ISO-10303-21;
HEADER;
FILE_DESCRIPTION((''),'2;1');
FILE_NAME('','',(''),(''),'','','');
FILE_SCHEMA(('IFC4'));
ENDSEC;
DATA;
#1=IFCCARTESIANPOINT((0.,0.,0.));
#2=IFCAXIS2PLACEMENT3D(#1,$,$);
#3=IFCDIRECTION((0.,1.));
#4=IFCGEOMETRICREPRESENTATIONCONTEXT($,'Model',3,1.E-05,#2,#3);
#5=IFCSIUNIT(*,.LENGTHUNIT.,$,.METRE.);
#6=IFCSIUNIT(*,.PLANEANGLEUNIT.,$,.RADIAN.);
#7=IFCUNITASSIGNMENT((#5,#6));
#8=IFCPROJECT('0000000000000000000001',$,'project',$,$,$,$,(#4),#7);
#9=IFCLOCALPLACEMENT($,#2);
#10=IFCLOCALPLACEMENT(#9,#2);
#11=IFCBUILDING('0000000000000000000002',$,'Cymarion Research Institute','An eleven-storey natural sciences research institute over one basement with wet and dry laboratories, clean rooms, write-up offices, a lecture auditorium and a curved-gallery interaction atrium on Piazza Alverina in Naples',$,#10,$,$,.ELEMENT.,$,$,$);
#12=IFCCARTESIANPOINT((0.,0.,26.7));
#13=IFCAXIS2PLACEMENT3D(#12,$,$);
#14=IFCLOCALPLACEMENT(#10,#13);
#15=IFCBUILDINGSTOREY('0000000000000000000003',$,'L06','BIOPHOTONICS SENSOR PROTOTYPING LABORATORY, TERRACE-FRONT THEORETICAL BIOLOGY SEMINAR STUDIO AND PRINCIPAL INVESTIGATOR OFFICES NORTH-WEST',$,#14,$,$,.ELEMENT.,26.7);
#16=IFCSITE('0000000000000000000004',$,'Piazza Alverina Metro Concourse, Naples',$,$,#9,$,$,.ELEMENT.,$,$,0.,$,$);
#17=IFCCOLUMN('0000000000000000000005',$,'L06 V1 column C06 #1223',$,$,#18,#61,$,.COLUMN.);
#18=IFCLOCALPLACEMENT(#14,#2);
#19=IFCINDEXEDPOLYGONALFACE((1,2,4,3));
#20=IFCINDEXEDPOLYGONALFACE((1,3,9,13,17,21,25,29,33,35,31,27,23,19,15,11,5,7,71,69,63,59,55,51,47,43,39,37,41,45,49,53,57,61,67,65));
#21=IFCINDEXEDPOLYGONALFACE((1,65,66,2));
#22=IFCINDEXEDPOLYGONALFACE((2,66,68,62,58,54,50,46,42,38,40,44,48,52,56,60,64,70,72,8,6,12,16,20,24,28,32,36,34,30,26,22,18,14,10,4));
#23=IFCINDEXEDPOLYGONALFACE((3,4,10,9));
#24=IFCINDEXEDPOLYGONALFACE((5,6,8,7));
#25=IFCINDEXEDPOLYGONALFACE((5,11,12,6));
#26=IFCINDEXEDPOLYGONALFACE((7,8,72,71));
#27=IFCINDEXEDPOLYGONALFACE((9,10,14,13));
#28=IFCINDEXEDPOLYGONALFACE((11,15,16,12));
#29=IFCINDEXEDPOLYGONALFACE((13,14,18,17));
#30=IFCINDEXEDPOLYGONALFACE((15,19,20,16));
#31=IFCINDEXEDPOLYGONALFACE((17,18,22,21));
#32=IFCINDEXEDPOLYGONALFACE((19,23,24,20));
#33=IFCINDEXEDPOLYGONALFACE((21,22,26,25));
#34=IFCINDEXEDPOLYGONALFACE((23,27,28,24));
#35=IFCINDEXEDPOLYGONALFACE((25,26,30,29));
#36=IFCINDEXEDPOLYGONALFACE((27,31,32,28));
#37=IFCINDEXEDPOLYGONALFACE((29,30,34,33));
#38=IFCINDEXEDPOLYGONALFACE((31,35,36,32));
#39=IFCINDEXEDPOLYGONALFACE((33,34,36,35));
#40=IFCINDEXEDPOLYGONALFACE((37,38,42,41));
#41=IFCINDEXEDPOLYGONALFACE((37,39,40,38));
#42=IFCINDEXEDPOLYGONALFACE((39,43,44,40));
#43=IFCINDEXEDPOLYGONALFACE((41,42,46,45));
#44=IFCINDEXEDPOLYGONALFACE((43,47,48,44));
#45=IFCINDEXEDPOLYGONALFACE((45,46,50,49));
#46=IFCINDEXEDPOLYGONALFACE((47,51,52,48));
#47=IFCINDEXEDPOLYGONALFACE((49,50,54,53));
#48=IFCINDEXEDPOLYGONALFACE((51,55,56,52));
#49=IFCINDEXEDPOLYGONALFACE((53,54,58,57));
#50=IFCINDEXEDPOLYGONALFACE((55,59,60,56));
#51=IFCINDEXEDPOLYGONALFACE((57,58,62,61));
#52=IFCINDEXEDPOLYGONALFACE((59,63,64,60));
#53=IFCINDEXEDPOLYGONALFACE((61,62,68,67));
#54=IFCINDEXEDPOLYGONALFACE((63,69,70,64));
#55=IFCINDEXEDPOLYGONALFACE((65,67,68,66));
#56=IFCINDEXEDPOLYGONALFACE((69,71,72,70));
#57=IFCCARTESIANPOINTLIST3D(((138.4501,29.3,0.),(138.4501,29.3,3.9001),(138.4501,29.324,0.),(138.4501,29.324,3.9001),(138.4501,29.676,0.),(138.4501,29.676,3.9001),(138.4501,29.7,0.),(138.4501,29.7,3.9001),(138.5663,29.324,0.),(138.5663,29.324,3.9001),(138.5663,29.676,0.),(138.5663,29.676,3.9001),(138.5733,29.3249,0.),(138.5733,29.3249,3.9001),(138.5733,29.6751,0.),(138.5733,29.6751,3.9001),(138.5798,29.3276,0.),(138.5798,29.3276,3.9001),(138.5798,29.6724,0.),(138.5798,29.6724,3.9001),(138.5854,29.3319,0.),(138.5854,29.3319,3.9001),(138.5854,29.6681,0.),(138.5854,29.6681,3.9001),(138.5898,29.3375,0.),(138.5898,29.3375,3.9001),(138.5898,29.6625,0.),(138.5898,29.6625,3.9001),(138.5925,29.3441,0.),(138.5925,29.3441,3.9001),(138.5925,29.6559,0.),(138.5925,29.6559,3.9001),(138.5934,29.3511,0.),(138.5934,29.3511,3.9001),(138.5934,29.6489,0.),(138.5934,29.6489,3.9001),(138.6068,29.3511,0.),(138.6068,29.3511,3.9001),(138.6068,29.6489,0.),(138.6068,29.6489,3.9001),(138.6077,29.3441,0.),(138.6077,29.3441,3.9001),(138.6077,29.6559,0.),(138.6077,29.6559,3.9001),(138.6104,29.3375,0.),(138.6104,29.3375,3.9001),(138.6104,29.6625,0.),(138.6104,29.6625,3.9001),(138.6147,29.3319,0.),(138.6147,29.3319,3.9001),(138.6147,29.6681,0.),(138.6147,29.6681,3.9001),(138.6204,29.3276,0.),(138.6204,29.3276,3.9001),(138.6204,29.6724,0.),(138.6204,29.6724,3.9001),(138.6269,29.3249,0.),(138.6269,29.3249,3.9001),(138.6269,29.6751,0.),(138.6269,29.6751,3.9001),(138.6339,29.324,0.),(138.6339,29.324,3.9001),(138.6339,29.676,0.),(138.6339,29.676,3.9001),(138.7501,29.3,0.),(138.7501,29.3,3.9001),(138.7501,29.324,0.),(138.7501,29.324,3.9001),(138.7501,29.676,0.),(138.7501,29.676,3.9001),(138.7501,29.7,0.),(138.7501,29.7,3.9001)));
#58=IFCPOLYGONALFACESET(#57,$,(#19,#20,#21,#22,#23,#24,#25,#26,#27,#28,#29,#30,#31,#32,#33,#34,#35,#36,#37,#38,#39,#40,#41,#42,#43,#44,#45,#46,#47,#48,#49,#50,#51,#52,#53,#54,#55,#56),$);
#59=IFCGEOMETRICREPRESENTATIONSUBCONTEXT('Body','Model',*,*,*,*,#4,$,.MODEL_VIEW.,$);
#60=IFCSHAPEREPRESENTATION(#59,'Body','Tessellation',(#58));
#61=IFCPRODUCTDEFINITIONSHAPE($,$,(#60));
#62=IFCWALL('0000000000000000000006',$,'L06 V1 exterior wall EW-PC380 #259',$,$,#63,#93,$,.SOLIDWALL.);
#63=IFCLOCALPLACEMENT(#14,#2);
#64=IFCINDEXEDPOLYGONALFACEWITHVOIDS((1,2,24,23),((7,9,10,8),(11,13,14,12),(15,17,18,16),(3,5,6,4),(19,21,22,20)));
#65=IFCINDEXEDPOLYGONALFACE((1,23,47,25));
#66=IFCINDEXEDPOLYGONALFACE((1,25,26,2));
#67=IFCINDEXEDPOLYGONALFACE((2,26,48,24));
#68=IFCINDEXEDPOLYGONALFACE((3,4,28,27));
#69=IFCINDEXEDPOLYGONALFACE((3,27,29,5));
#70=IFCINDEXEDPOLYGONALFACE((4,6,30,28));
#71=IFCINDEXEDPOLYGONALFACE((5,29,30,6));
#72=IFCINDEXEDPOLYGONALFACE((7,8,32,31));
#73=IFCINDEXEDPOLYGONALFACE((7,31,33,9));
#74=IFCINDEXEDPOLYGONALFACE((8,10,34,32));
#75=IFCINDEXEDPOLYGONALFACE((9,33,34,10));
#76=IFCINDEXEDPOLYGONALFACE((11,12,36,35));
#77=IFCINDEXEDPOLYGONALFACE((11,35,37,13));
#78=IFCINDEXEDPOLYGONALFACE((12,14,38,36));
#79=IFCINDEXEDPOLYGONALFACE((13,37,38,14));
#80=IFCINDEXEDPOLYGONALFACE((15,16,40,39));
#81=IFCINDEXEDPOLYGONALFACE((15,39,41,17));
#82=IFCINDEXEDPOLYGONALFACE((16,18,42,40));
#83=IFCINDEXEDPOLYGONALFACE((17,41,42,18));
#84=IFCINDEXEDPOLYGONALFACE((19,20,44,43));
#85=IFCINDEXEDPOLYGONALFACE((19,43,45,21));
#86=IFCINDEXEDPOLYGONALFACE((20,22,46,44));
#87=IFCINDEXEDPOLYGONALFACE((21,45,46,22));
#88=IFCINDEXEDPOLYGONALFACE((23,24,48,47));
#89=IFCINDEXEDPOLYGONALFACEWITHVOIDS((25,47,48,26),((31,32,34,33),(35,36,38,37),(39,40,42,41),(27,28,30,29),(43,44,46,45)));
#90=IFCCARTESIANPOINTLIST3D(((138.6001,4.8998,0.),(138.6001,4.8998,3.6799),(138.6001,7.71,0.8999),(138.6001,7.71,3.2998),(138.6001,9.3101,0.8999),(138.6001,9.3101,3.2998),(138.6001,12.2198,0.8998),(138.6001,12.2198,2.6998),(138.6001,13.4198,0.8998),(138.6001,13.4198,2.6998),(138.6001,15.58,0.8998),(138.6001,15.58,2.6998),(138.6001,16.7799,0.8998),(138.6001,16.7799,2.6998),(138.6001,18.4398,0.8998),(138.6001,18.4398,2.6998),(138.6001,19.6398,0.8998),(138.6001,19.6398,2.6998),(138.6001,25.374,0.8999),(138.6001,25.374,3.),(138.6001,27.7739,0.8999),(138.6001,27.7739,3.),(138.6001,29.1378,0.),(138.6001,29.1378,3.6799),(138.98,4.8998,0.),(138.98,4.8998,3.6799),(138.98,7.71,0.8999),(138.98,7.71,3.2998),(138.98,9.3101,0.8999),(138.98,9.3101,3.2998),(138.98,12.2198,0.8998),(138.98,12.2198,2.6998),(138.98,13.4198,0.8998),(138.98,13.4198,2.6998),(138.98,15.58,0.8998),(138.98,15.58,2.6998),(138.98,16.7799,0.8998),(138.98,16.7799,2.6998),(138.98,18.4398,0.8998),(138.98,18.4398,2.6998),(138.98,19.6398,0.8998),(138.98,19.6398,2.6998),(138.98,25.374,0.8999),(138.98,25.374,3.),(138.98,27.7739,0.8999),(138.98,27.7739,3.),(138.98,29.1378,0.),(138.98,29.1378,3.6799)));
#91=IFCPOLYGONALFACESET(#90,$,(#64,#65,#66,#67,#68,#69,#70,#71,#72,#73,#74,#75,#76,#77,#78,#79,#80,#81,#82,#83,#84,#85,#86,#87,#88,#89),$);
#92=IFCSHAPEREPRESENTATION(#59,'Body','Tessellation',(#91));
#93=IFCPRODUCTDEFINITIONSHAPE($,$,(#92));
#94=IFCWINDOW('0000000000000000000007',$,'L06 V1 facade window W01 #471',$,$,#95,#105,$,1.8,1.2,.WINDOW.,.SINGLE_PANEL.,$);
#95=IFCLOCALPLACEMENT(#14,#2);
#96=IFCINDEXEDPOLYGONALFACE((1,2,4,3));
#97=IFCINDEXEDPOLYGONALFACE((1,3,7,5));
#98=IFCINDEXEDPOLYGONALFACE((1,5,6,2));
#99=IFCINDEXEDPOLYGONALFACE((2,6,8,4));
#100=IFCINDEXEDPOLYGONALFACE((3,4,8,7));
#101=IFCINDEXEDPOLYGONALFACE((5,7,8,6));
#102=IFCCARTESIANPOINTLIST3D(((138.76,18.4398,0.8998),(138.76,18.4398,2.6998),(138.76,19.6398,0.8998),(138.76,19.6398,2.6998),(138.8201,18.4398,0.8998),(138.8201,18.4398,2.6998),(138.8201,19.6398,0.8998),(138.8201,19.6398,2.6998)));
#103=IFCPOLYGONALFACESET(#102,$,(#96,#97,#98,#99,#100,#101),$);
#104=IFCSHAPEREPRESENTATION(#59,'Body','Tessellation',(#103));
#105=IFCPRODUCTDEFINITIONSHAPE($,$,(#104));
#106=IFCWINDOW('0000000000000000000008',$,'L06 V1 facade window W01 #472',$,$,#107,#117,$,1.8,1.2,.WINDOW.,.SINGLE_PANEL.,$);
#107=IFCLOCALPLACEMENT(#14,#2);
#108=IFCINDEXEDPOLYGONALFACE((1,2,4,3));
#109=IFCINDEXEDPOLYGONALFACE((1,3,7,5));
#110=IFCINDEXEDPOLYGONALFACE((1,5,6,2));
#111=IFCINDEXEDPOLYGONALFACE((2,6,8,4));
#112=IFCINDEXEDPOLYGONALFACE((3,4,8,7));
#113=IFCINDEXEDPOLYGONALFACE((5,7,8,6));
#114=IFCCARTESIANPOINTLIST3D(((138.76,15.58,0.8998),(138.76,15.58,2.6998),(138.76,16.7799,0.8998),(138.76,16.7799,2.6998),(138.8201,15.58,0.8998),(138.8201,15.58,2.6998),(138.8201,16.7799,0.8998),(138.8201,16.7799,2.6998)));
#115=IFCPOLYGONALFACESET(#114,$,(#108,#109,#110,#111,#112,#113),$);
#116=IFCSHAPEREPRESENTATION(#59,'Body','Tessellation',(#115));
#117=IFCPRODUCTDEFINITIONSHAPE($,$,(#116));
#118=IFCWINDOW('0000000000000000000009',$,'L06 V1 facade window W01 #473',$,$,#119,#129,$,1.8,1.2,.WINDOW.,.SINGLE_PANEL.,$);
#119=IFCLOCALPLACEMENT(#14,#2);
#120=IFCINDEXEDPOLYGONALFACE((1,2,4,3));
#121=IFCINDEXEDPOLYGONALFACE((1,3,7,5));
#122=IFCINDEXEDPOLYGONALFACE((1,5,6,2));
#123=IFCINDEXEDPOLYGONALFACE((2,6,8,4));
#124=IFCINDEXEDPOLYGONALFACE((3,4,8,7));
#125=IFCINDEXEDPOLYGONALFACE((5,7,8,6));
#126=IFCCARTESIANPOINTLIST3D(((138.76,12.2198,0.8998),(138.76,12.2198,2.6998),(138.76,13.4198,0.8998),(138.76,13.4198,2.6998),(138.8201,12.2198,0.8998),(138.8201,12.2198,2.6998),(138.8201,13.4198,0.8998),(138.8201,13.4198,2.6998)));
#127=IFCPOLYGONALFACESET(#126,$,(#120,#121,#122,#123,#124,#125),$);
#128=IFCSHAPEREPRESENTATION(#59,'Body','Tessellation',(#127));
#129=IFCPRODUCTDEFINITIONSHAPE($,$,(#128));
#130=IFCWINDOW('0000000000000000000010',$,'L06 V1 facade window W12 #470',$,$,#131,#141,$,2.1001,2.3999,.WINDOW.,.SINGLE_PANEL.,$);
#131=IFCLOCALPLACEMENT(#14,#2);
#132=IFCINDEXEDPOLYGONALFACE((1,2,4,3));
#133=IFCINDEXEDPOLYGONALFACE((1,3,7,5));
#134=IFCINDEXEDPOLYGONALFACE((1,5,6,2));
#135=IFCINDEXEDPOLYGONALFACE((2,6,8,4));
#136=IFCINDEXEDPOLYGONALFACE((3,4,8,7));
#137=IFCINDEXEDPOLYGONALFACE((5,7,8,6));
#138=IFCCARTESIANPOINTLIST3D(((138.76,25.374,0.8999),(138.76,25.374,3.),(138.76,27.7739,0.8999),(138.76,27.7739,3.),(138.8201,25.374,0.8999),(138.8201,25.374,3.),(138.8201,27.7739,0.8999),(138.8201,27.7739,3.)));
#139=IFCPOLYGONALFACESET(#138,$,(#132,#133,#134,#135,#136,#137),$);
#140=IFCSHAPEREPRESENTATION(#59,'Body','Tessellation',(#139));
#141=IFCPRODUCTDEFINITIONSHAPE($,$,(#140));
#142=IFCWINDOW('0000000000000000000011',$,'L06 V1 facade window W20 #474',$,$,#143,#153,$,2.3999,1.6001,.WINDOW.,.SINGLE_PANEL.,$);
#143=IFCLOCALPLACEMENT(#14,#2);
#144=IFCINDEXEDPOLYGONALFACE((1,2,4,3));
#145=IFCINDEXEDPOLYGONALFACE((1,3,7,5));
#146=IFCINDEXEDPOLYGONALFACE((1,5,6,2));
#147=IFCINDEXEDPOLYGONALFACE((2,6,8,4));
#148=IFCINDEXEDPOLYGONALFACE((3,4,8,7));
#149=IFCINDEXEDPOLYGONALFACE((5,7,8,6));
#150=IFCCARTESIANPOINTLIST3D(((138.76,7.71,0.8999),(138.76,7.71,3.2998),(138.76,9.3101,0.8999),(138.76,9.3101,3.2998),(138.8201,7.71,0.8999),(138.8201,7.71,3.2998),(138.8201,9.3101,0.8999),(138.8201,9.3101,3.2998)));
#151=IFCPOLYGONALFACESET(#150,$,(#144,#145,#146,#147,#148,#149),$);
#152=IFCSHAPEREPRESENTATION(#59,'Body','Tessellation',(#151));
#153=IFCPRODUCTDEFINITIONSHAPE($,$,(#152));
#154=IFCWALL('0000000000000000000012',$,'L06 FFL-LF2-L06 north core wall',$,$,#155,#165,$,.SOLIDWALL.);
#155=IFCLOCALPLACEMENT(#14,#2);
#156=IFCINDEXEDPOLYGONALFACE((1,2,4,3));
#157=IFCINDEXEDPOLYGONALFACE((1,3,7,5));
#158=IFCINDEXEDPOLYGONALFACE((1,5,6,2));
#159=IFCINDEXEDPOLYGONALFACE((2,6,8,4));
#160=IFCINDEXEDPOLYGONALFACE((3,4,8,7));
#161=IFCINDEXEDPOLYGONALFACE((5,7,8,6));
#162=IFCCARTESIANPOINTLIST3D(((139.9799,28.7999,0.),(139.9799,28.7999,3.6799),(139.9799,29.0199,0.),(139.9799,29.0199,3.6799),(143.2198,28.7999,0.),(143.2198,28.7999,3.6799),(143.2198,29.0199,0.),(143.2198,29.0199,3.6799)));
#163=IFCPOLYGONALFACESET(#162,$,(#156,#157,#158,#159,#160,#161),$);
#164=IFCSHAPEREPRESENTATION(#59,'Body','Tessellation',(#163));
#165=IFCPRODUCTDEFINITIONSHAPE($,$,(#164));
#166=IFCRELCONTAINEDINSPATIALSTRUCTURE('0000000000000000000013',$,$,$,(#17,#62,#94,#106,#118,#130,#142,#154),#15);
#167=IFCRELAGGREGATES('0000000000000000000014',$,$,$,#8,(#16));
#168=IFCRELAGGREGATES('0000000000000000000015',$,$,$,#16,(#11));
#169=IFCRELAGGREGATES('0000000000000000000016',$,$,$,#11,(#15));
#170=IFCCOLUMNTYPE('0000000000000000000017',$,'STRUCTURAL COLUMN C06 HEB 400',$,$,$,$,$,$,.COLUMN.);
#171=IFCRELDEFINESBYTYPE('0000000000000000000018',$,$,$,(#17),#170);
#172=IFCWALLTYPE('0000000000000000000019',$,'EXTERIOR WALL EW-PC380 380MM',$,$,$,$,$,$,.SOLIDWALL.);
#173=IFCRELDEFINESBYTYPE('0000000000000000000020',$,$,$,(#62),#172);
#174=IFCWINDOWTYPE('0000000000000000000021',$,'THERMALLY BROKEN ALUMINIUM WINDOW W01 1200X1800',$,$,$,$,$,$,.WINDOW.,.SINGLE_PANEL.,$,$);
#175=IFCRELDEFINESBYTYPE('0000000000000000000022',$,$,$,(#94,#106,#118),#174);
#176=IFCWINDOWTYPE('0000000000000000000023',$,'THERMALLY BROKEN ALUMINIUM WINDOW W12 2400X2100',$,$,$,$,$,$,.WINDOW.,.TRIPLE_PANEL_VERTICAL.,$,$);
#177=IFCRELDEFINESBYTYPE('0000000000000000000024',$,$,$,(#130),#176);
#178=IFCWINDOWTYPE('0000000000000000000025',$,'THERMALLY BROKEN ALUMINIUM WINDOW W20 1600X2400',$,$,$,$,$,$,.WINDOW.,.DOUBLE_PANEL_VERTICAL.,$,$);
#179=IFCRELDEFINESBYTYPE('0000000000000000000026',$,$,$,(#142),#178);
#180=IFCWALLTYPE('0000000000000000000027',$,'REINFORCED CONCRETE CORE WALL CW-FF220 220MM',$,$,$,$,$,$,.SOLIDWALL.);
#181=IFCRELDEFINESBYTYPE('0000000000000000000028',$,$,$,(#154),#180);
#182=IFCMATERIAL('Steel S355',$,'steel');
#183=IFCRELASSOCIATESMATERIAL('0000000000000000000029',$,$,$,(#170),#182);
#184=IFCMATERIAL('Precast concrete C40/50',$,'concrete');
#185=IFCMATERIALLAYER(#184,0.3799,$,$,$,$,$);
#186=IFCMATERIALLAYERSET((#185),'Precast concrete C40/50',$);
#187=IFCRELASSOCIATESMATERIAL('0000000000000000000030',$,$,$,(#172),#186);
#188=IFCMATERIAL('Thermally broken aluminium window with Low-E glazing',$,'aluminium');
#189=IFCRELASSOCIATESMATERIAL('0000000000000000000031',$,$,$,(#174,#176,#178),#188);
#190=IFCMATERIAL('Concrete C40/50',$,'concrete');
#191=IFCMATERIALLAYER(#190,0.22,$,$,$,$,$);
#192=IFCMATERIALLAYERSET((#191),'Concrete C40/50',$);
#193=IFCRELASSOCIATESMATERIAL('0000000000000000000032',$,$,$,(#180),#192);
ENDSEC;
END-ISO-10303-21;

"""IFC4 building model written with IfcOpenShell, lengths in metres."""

from ifc_helpers import new_model, si_unit, direction, frame, frame_2d, origin, origin_2d, place, context, subcontext, project, spatial, rectangle, i_section, extrude, material, layer, layer_set, material_profile, profile_set, type_object, element, fill, save


model = new_model("IFC4")

# Units and contexts
model_context = context("Model", 3, precision=1e-05, world=origin(), true_north=direction((0.0, 1.0)))
body_context = subcontext(model_context, "Body", "Model", "MODEL_VIEW")
ifc_project = project(units=[si_unit("LENGTHUNIT", "METRE"), si_unit("PLANEANGLEUNIT", "RADIAN")], contexts=[model_context])

# Site, building, storey
site_placement = place(None, origin())
site = spatial("IfcSite", under=ifc_project, at=site_placement, Name="Piazza Alverina Metro Concourse, Naples", CompositionType="ELEMENT", RefElevation=0.0)
building_placement = place(site_placement, origin())
building = spatial("IfcBuilding", under=site, at=building_placement, Name="Cymarion Research Institute", Description="An eleven-storey natural sciences research institute over one basement with wet and dry laboratories, clean rooms, write-up offices, a lecture auditorium and a curved-gallery interaction atrium on Piazza Alverina in Naples", CompositionType="ELEMENT")
storey_placement = place(building_placement, frame((0.0, 0.0, 26.7)))
storey = spatial("IfcBuildingStorey", under=building, at=storey_placement, Name="L06", Description="BIOPHOTONICS SENSOR PROTOTYPING LABORATORY, TERRACE-FRONT THEORETICAL BIOLOGY SEMINAR STUDIO AND PRINCIPAL INVESTIGATOR OFFICES NORTH-WEST", CompositionType="ELEMENT", Elevation=26.7)

# Column
ifc_material_1 = material(Name="Steel S355", Category="steel")
ifc_material_profile = material_profile(ifc_material_1, i_section(OverallWidth=0.3, OverallDepth=0.3999, WebThickness=0.0134, FlangeThickness=0.0239, FilletRadius=0.0271, at=origin_2d()), Name="HEB 400")
ifc_profile_set = profile_set([ifc_material_profile], Name="Steel S355")
column_type = type_object("IfcColumnType", Name="STRUCTURAL COLUMN C06 HEB 400", PredefinedType="COLUMN", material=ifc_profile_set)
column_placement = place(storey_placement, frame((138.6001, 29.5, 0.0), z_axis=(0.0, 0.0, 1.0), x_axis=(1.0, 0.0, 0.0)))
element("IfcColumn", 1, at=column_placement, inside=storey, type_object=column_type, Name="L06 V1 column C06 #1223", PredefinedType="COLUMN", context=body_context, shape_type="SweptSolid", body=[
    extrude(i_section(OverallWidth=0.3, OverallDepth=0.3999, WebThickness=0.0134, FlangeThickness=0.0239, FilletRadius=0.0271, at=origin_2d()), origin(), (0.0, 0.0, 1.0), 3.9001),
])

# Wall, openings, windows
ifc_material_2 = material(Name="Precast concrete C40/50", Category="concrete")
ifc_layer_1 = layer(ifc_material_2, 0.3799)
ifc_layer_set_1 = layer_set([ifc_layer_1], Name="Precast concrete C40/50")
wall_type_1 = type_object("IfcWallType", Name="EXTERIOR WALL EW-PC380 380MM", PredefinedType="SOLIDWALL", material=ifc_layer_set_1)
wall_1_placement = place(storey_placement, frame((138.79, 29.1379, 0.0), z_axis=(0.0, 0.0, 1.0), x_axis=(0.0, -1.0, 0.0)))
wall_1 = element("IfcWall", 2, at=wall_1_placement, inside=storey, type_object=wall_type_1, Name="L06 V1 exterior wall EW-PC380 #259", PredefinedType="SOLIDWALL", context=body_context, shape_type="SweptSolid", body=[
    extrude(rectangle(XDim=24.238, YDim=0.3799, at=frame_2d((12.1191, 0.0))), origin(), (0.0, 0.0, 1.0), 3.6799),
])
opening_1_placement = place(wall_1_placement, frame((1.364, 0.0, 0.8999)))
opening_1 = element("IfcOpeningElement", 3, at=opening_1_placement, cuts=wall_1, PredefinedType="OPENING", context=body_context, shape_type="SweptSolid", body=[
    extrude(rectangle(XDim=2.3999, YDim=2.1001, at=frame_2d((1.2, 1.05))), frame((0.0, 0.2, 0.0), z_axis=(0.0, -1.0, 0.0), x_axis=(1.0, 0.0, 0.0)), (0.0, 0.0, 1.0), 0.3999),
])
opening_2_placement = place(wall_1_placement, frame((9.498, 0.0, 0.8999)))
opening_2 = element("IfcOpeningElement", 4, at=opening_2_placement, cuts=wall_1, PredefinedType="OPENING", context=body_context, shape_type="SweptSolid", body=[
    extrude(rectangle(XDim=1.2, YDim=1.8, at=frame_2d((0.6001, 0.8999))), frame((0.0, 0.2, 0.0), z_axis=(0.0, -1.0, 0.0), x_axis=(1.0, 0.0, 0.0)), (0.0, 0.0, 1.0), 0.3999),
])
opening_3_placement = place(wall_1_placement, frame((12.3579, 0.0, 0.8999)))
opening_3 = element("IfcOpeningElement", 5, at=opening_3_placement, cuts=wall_1, PredefinedType="OPENING", context=body_context, shape_type="SweptSolid", body=[
    extrude(rectangle(XDim=1.2, YDim=1.8, at=frame_2d((0.6001, 0.8999))), frame((0.0, 0.2, 0.0), z_axis=(0.0, -1.0, 0.0), x_axis=(1.0, 0.0, 0.0)), (0.0, 0.0, 1.0), 0.3999),
])
opening_4_placement = place(wall_1_placement, frame((15.718, 0.0, 0.8999)))
opening_4 = element("IfcOpeningElement", 6, at=opening_4_placement, cuts=wall_1, PredefinedType="OPENING", context=body_context, shape_type="SweptSolid", body=[
    extrude(rectangle(XDim=1.2, YDim=1.8, at=frame_2d((0.6001, 0.8999))), frame((0.0, 0.2, 0.0), z_axis=(0.0, -1.0, 0.0), x_axis=(1.0, 0.0, 0.0)), (0.0, 0.0, 1.0), 0.3999),
])
opening_5_placement = place(wall_1_placement, frame((19.8279, 0.0, 0.8999)))
opening_5 = element("IfcOpeningElement", 7, at=opening_5_placement, cuts=wall_1, PredefinedType="OPENING", context=body_context, shape_type="SweptSolid", body=[
    extrude(rectangle(XDim=1.6001, YDim=2.3999, at=frame_2d((0.8, 1.2))), frame((0.0, 0.2, 0.0), z_axis=(0.0, -1.0, 0.0), x_axis=(1.0, 0.0, 0.0)), (0.0, 0.0, 1.0), 0.3999),
])
ifc_material_3 = material(Name="Thermally broken aluminium window with Low-E glazing", Category="aluminium")
window_type_1 = type_object("IfcWindowType", Name="THERMALLY BROKEN ALUMINIUM WINDOW W01 1200X1800", PartitioningType="SINGLE_PANEL", PredefinedType="WINDOW", material=ifc_material_3)
window_1_placement = place(opening_2_placement, origin())
window_1 = element("IfcWindow", 8, at=window_1_placement, inside=storey, type_object=window_type_1, Name="L06 V1 facade window W01 #471", OverallHeight=1.8, OverallWidth=1.2, PartitioningType="SINGLE_PANEL", PredefinedType="WINDOW", context=body_context, shape_type="SweptSolid", body=[
    extrude(rectangle(XDim=1.2, YDim=1.8, at=frame_2d((0.6001, 0.8999))), frame((0.0, 0.03, 0.0), z_axis=(0.0, -1.0, 0.0), x_axis=(1.0, 0.0, 0.0)), (0.0, 0.0, 1.0), 0.0601),
])
fill(opening_2, window_1)
window_2_placement = place(opening_3_placement, origin())
window_2 = element("IfcWindow", 9, at=window_2_placement, inside=storey, type_object=window_type_1, Name="L06 V1 facade window W01 #472", OverallHeight=1.8, OverallWidth=1.2, PartitioningType="SINGLE_PANEL", PredefinedType="WINDOW", context=body_context, shape_type="SweptSolid", body=[
    extrude(rectangle(XDim=1.2, YDim=1.8, at=frame_2d((0.6001, 0.8999))), frame((0.0, 0.03, 0.0), z_axis=(0.0, -1.0, 0.0), x_axis=(1.0, 0.0, 0.0)), (0.0, 0.0, 1.0), 0.0601),
])
fill(opening_3, window_2)
window_3_placement = place(opening_4_placement, origin())
window_3 = element("IfcWindow", 10, at=window_3_placement, inside=storey, type_object=window_type_1, Name="L06 V1 facade window W01 #473", OverallHeight=1.8, OverallWidth=1.2, PartitioningType="SINGLE_PANEL", PredefinedType="WINDOW", context=body_context, shape_type="SweptSolid", body=[
    extrude(rectangle(XDim=1.2, YDim=1.8, at=frame_2d((0.6001, 0.8999))), frame((0.0, 0.03, 0.0), z_axis=(0.0, -1.0, 0.0), x_axis=(1.0, 0.0, 0.0)), (0.0, 0.0, 1.0), 0.0601),
])
fill(opening_4, window_3)
window_type_2 = type_object("IfcWindowType", Name="THERMALLY BROKEN ALUMINIUM WINDOW W12 2400X2100", PartitioningType="TRIPLE_PANEL_VERTICAL", PredefinedType="WINDOW", material=ifc_material_3)
window_4_placement = place(opening_1_placement, origin())
window_4 = element("IfcWindow", 11, at=window_4_placement, inside=storey, type_object=window_type_2, Name="L06 V1 facade window W12 #470", OverallHeight=2.1001, OverallWidth=2.3999, PartitioningType="SINGLE_PANEL", PredefinedType="WINDOW", context=body_context, shape_type="SweptSolid", body=[
    extrude(rectangle(XDim=2.3999, YDim=2.1001, at=frame_2d((1.2, 1.05))), frame((0.0, 0.03, 0.0), z_axis=(0.0, -1.0, 0.0), x_axis=(1.0, 0.0, 0.0)), (0.0, 0.0, 1.0), 0.0601),
])
fill(opening_1, window_4)
window_type_3 = type_object("IfcWindowType", Name="THERMALLY BROKEN ALUMINIUM WINDOW W20 1600X2400", PartitioningType="DOUBLE_PANEL_VERTICAL", PredefinedType="WINDOW", material=ifc_material_3)
window_5_placement = place(opening_5_placement, origin())
window_5 = element("IfcWindow", 12, at=window_5_placement, inside=storey, type_object=window_type_3, Name="L06 V1 facade window W20 #474", OverallHeight=2.3999, OverallWidth=1.6001, PartitioningType="SINGLE_PANEL", PredefinedType="WINDOW", context=body_context, shape_type="SweptSolid", body=[
    extrude(rectangle(XDim=1.6001, YDim=2.3999, at=frame_2d((0.8, 1.2))), frame((0.0, 0.03, 0.0), z_axis=(0.0, -1.0, 0.0), x_axis=(1.0, 0.0, 0.0)), (0.0, 0.0, 1.0), 0.0601),
])
fill(opening_5, window_5)

# Wall
ifc_material_4 = material(Name="Concrete C40/50", Category="concrete")
ifc_layer_2 = layer(ifc_material_4, 0.22)
ifc_layer_set_2 = layer_set([ifc_layer_2], Name="Concrete C40/50")
wall_type_2 = type_object("IfcWallType", Name="REINFORCED CONCRETE CORE WALL CW-FF220 220MM", PredefinedType="SOLIDWALL", material=ifc_layer_set_2)
wall_2_placement = place(storey_placement, frame((143.22, 28.9099, 0.0), z_axis=(0.0, 0.0, 1.0), x_axis=(-1.0, 0.0, 0.0)))
element("IfcWall", 13, at=wall_2_placement, inside=storey, type_object=wall_type_2, Name="L06 FFL-LF2-L06 north core wall", PredefinedType="SOLIDWALL", context=body_context, shape_type="SweptSolid", body=[
    extrude(rectangle(XDim=3.24, YDim=0.22, at=frame_2d((1.6201, 0.0))), origin(), (0.0, 0.0, 1.0), 3.6799),
])

save(model, "model.ifc")
